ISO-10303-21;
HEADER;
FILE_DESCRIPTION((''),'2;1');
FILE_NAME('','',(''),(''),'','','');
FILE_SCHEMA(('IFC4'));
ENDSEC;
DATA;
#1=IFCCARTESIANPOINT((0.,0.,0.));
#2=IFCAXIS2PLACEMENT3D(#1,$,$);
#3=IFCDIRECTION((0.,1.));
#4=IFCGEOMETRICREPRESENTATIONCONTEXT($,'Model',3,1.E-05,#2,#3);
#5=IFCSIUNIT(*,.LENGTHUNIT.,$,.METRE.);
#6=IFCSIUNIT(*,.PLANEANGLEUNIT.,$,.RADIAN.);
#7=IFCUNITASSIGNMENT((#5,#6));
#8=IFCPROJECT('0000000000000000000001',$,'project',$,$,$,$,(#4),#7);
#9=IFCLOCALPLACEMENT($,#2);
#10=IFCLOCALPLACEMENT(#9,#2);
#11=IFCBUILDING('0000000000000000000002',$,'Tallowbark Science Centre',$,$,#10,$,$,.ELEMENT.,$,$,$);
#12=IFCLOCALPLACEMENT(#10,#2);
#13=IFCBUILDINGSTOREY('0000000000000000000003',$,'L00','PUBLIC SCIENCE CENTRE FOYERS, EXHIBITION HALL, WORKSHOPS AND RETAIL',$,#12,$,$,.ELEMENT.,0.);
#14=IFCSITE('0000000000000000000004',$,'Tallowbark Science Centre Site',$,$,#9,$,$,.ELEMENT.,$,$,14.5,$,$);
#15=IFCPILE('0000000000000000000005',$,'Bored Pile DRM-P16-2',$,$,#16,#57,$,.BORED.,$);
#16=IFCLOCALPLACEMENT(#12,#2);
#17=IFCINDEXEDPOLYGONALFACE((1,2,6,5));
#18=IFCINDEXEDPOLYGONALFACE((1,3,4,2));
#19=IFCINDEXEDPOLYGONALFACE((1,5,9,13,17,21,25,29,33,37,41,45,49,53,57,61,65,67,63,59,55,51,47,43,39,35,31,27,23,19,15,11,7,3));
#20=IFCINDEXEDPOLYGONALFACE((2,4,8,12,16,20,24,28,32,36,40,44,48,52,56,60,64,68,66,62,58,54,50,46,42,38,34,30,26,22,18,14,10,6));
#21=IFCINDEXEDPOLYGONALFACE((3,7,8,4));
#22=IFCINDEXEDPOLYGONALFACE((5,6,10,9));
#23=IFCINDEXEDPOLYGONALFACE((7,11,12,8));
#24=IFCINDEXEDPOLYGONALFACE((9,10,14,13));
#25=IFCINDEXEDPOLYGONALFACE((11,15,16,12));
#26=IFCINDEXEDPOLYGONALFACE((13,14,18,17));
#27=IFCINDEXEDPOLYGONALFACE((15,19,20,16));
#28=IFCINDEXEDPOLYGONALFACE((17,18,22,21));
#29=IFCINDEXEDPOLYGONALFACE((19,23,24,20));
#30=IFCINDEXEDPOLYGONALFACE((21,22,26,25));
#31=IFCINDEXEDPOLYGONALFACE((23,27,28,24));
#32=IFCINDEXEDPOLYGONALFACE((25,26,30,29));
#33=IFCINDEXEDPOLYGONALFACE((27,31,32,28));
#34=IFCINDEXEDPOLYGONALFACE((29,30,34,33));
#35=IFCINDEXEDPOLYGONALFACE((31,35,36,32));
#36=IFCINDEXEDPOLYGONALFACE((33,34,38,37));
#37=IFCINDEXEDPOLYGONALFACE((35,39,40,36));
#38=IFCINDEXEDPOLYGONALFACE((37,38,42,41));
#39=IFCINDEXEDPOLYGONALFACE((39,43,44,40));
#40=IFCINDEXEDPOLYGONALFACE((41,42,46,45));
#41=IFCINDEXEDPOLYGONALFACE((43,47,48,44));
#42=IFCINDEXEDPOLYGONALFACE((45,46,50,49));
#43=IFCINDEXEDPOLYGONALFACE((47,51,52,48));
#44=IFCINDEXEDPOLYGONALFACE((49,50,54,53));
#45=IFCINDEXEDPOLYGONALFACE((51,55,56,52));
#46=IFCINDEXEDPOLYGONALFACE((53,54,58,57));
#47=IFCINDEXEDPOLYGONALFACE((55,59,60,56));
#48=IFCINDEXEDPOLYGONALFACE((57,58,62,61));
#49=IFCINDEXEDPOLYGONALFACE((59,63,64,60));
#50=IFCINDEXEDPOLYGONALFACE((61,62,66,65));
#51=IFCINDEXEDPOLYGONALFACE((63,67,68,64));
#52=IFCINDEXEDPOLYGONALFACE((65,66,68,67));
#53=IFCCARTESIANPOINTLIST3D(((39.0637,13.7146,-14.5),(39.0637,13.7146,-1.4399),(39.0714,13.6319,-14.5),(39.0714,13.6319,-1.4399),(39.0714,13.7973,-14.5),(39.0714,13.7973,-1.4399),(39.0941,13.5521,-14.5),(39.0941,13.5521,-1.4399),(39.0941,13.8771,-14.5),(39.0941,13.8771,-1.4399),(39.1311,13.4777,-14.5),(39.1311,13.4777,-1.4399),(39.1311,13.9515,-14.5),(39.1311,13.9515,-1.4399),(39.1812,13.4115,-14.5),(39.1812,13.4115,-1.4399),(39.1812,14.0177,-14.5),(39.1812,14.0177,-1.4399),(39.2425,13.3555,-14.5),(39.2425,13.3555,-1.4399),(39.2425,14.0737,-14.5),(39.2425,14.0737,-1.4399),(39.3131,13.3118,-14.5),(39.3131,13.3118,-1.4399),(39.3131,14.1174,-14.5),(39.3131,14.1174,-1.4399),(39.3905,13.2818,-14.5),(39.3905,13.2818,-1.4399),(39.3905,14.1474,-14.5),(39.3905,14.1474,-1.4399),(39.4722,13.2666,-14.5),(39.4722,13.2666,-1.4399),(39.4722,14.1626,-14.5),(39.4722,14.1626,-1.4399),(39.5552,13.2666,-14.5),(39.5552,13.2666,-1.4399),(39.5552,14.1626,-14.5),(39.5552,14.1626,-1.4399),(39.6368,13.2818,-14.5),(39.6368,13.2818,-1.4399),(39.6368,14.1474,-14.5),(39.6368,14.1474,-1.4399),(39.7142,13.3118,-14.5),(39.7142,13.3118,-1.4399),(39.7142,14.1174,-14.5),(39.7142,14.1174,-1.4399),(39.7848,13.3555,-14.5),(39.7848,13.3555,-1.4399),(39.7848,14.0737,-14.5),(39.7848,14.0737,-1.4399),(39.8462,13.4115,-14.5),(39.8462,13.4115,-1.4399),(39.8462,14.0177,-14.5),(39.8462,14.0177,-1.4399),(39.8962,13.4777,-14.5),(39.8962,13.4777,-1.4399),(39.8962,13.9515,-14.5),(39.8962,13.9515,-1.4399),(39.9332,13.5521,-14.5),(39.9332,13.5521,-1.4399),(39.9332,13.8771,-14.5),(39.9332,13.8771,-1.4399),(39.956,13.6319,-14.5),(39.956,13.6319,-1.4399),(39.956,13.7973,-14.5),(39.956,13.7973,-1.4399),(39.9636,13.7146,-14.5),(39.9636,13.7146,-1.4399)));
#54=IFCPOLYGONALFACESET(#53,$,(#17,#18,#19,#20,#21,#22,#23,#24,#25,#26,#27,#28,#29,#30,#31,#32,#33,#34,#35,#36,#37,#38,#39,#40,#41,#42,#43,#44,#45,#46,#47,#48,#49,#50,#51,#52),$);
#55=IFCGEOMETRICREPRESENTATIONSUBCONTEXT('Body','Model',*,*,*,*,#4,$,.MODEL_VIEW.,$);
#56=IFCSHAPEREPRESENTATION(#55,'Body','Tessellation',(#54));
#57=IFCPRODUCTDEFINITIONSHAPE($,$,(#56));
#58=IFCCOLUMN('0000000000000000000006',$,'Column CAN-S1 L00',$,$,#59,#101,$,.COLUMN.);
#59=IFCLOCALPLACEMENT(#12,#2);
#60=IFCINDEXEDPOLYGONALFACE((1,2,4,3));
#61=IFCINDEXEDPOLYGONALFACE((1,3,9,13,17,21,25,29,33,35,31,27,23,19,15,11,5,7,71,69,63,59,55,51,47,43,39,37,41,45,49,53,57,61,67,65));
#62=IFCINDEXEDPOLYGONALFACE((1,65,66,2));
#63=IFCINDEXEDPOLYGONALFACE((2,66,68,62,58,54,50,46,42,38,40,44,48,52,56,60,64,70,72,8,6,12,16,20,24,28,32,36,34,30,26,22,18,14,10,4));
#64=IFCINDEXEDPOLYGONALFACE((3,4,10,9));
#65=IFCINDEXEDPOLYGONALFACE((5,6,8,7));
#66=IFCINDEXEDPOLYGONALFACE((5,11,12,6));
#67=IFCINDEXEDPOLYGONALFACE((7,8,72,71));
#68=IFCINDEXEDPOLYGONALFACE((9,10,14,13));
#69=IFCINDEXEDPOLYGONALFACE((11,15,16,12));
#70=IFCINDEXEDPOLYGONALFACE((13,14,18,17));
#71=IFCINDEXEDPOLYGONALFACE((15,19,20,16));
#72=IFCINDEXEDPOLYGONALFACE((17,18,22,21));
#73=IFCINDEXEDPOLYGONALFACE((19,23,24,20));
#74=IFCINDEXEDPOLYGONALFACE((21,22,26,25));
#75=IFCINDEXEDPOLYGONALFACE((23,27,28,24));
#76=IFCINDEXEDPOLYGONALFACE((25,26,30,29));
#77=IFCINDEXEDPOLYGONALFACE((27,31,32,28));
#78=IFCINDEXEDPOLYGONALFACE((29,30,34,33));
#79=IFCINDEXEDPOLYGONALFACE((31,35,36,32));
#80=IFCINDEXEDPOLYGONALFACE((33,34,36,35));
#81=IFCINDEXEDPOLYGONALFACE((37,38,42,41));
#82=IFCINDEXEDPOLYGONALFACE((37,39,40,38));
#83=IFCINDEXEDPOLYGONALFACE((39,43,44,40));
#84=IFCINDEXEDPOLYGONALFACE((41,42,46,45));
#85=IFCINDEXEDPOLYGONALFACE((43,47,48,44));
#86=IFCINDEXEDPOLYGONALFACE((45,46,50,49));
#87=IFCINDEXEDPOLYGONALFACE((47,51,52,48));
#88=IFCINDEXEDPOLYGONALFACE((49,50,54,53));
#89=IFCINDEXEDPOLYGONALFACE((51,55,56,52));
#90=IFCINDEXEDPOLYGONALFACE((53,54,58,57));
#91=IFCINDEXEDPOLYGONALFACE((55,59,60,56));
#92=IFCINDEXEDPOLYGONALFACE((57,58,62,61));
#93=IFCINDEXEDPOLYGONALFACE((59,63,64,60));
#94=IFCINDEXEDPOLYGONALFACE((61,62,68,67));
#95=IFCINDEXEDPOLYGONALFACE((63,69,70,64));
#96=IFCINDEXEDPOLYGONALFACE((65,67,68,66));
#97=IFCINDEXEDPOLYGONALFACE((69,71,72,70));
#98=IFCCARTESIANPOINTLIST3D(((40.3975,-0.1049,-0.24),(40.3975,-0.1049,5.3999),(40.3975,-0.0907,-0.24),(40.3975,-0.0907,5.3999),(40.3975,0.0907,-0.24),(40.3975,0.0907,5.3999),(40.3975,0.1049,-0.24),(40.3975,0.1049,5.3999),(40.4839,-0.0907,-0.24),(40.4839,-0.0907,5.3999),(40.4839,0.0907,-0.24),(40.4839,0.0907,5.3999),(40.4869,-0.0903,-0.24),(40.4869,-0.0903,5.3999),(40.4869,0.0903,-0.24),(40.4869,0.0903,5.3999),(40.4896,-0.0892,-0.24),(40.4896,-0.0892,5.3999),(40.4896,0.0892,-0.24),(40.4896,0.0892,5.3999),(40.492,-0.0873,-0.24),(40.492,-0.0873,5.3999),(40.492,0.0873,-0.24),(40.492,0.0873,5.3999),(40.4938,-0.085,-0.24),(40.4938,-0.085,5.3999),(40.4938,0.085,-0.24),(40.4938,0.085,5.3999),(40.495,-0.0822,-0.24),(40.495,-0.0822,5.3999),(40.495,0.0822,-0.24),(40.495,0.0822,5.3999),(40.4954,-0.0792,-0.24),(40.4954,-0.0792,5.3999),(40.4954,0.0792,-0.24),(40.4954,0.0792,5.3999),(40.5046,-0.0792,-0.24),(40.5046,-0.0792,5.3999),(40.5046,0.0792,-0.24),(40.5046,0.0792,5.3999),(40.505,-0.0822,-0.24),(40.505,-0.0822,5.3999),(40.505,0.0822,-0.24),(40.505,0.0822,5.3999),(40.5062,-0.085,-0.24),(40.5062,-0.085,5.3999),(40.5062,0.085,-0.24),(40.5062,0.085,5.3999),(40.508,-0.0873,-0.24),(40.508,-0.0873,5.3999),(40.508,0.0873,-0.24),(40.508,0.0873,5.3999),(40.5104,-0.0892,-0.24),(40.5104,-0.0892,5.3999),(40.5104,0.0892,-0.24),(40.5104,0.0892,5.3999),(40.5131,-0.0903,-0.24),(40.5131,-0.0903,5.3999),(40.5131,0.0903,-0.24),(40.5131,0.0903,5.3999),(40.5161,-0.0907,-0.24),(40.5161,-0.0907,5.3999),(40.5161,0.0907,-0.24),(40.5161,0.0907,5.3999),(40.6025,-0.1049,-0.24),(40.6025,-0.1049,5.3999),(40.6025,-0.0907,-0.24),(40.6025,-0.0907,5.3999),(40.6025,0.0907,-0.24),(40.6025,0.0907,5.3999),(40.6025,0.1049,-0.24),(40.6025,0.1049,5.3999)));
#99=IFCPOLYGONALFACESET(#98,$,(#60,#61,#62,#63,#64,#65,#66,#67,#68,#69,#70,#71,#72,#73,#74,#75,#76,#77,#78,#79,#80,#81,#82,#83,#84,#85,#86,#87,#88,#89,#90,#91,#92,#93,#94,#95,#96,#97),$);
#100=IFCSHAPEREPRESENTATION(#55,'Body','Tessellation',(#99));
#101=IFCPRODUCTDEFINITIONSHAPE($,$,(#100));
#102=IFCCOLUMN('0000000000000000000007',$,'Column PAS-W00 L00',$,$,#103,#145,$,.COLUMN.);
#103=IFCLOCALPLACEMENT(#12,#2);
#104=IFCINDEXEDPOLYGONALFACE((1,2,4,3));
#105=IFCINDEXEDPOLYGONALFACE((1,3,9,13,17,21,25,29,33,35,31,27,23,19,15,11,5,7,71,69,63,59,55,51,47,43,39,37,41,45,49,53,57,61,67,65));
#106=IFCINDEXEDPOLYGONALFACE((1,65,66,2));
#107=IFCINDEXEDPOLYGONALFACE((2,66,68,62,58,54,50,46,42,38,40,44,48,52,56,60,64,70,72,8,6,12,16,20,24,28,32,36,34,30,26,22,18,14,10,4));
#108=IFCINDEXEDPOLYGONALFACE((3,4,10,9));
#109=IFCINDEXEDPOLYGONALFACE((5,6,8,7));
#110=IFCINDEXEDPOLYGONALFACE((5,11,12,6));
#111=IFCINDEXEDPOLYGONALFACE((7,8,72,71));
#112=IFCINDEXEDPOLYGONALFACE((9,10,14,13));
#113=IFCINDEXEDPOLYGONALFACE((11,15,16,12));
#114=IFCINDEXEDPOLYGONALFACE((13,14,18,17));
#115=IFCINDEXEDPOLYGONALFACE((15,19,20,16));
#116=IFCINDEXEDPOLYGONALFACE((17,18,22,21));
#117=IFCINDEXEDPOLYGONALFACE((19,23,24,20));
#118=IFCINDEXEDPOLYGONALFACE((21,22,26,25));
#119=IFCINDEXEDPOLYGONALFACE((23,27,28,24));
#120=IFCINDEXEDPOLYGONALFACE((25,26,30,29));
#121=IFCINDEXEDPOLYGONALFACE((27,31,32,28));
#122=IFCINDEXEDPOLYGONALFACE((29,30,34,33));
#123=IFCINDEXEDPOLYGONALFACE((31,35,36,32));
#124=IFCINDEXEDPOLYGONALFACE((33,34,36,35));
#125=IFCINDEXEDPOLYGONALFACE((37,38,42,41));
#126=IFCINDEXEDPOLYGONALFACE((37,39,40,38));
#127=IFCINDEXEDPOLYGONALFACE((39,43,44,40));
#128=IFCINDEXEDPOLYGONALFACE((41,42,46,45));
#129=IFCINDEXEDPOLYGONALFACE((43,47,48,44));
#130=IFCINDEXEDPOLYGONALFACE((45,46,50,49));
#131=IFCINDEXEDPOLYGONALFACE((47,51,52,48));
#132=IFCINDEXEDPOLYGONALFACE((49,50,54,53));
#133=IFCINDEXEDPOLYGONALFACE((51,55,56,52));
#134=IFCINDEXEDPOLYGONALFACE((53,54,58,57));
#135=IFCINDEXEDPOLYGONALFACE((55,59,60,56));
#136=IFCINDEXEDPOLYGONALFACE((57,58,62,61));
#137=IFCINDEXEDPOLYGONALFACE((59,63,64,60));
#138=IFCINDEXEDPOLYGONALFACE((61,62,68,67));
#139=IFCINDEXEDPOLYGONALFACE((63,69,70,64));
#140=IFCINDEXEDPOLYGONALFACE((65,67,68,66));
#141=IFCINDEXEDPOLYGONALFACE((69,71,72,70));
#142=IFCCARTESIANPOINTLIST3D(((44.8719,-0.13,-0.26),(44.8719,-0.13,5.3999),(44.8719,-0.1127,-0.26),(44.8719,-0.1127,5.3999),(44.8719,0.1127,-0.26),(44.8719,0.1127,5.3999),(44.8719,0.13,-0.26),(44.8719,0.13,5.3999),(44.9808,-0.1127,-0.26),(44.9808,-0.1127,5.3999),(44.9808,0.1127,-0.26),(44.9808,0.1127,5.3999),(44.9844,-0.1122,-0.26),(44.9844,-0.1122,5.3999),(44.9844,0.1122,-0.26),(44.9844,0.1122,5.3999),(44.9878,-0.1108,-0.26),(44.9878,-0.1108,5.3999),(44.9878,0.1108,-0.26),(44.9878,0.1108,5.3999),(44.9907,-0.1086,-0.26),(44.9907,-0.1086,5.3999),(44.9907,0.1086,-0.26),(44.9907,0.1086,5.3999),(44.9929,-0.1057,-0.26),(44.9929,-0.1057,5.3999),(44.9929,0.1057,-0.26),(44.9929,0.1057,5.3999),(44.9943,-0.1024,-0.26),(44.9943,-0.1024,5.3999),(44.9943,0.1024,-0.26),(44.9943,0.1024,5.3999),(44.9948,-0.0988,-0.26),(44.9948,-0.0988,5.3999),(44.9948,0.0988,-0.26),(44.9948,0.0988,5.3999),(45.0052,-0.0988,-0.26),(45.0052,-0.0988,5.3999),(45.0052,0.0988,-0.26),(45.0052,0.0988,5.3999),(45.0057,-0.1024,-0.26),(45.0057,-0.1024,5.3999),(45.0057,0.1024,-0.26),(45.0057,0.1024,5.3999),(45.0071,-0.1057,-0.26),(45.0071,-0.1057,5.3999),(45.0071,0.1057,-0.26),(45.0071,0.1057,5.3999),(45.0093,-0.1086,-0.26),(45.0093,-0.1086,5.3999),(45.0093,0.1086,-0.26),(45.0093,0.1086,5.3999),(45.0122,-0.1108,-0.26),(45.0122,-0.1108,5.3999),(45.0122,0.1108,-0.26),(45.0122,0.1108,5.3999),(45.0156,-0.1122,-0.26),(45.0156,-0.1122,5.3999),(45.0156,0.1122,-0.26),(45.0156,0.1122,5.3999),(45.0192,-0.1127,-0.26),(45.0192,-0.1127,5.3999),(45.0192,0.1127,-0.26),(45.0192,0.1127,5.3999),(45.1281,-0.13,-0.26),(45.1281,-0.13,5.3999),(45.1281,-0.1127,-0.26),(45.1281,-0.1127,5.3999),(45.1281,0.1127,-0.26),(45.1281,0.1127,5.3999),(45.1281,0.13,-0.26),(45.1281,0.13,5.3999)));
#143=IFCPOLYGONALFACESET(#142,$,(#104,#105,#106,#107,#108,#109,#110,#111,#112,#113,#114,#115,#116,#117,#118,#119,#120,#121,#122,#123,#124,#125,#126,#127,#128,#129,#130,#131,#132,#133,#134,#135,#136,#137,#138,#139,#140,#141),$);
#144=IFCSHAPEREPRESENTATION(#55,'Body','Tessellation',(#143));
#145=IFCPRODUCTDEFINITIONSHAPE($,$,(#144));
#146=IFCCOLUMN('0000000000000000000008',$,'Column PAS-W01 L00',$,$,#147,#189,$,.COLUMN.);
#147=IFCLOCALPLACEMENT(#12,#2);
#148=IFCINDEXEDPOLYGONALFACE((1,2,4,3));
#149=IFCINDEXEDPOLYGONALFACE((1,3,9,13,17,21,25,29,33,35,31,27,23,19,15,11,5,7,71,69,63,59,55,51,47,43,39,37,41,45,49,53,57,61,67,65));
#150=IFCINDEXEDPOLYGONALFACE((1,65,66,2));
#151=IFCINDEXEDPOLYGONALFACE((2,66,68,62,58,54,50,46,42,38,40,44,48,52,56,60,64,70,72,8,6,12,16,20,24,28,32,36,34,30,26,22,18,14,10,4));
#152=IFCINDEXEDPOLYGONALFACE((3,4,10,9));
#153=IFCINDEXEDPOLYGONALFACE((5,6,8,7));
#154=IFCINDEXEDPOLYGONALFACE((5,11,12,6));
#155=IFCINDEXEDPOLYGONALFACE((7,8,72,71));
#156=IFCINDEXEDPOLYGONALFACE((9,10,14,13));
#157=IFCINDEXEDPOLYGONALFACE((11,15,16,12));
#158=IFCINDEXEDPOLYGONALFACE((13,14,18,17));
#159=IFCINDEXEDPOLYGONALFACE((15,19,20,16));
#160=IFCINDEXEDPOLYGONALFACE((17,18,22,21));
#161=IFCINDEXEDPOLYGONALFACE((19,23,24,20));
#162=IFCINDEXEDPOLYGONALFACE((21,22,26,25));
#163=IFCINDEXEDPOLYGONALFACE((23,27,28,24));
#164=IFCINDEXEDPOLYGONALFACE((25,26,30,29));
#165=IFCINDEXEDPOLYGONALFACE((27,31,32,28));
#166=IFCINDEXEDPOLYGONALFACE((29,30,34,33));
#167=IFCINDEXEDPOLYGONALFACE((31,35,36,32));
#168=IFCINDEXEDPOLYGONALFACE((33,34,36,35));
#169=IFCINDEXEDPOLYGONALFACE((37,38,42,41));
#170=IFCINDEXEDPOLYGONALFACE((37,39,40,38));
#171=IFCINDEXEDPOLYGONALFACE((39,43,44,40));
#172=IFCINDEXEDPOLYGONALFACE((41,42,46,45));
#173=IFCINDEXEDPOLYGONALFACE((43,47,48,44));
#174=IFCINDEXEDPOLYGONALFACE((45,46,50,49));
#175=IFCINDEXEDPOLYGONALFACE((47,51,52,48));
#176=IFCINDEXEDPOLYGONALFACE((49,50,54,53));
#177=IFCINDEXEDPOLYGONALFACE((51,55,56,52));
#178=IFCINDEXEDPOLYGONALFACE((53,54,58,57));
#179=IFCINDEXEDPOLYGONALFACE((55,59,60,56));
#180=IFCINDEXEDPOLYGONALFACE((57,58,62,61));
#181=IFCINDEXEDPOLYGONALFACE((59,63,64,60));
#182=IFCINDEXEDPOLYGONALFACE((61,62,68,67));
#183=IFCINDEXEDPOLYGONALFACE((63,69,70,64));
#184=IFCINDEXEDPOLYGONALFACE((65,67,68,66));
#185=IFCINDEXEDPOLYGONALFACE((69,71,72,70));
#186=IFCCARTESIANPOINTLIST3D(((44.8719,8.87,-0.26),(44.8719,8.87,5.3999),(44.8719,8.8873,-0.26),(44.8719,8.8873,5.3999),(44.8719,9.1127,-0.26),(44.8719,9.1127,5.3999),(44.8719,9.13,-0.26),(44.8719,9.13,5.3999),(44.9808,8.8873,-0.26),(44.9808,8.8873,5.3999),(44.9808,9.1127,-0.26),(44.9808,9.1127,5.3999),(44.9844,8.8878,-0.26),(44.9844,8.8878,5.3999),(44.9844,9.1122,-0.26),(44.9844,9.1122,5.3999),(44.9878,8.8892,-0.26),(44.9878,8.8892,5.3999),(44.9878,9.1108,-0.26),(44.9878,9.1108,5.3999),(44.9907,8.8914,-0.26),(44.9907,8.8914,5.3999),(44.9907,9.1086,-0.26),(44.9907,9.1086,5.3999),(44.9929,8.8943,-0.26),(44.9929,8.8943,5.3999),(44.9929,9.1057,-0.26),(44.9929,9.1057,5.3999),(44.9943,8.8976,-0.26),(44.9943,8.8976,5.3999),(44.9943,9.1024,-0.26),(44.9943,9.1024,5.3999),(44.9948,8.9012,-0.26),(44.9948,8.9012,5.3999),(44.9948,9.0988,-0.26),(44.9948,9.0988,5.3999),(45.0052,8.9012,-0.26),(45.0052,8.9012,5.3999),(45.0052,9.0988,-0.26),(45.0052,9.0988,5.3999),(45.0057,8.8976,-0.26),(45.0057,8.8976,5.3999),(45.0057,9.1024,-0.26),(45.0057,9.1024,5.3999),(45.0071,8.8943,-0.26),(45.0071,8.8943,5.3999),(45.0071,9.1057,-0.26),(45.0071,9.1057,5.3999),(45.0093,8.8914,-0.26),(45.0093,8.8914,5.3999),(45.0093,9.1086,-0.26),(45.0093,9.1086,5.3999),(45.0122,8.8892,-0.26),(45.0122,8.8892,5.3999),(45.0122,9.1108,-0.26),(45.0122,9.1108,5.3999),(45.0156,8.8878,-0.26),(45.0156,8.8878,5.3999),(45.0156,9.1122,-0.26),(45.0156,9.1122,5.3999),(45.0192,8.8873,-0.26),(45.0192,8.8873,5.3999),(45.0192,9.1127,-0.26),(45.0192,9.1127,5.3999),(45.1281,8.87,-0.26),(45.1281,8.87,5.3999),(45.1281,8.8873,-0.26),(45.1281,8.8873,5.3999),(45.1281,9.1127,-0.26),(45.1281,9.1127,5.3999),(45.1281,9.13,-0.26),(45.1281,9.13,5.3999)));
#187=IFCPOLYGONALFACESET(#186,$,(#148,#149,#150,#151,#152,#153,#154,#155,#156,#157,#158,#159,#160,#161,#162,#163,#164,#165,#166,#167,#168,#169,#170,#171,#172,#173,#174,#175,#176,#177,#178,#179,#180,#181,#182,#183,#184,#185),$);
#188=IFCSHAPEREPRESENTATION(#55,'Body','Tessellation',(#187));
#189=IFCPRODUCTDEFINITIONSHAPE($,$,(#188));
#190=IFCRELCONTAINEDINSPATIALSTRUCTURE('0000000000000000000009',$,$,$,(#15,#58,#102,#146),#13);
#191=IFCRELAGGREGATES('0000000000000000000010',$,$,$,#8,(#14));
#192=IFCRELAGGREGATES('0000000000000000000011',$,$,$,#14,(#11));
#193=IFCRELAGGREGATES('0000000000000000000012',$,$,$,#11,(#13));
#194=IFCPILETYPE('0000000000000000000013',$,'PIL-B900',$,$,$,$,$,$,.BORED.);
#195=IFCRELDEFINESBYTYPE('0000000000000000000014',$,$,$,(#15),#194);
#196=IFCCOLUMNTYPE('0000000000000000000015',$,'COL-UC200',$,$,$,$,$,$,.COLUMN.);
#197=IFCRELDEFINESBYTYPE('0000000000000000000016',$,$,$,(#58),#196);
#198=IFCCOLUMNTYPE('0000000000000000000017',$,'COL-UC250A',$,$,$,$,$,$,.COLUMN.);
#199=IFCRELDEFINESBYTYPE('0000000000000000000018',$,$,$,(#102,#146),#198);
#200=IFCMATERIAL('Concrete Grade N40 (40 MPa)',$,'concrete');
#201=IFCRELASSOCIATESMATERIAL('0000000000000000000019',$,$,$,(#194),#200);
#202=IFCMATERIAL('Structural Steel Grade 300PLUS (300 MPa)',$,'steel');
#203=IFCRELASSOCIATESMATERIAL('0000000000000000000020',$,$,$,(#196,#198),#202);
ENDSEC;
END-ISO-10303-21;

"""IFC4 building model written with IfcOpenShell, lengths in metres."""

from ifc_helpers import new_model, si_unit, direction, frame, origin, origin_2d, place, context, subcontext, project, spatial, circle, i_section, extrude, material, material_profile, profile_set, type_object, element, save


model = new_model("IFC4")

# Units and contexts
model_context = context("Model", 3, precision=1e-05, world=origin(), true_north=direction((0.0, 1.0)))
body_context = subcontext(model_context, "Body", "Model", "MODEL_VIEW")
ifc_project = project(units=[si_unit("LENGTHUNIT", "METRE"), si_unit("PLANEANGLEUNIT", "RADIAN")], contexts=[model_context])

# Site, building, storey
site_placement = place(None, origin())
site = spatial("IfcSite", under=ifc_project, at=site_placement, Name="Tallowbark Science Centre Site", CompositionType="ELEMENT", RefElevation=14.5)
building_placement = place(site_placement, origin())
building = spatial("IfcBuilding", under=site, at=building_placement, Name="Tallowbark Science Centre", CompositionType="ELEMENT")
storey_placement = place(building_placement, origin())
storey = spatial("IfcBuildingStorey", under=building, at=storey_placement, Name="L00", Description="PUBLIC SCIENCE CENTRE FOYERS, EXHIBITION HALL, WORKSHOPS AND RETAIL", CompositionType="ELEMENT", Elevation=0.0)

# Shared definitions
ifc_material_1 = material(Name="Concrete Grade N40 (40 MPa)", Category="concrete")

# Pile
ifc_material_profile_1 = material_profile(ifc_material_1, circle(Radius=0.45, at=origin_2d()), Name="PILE900")
ifc_profile_set_1 = profile_set([ifc_material_profile_1], Name="Concrete Grade N40 (40 MPa)")
pile_type_1 = type_object("IfcPileType", Name="PIL-B900", PredefinedType="BORED", material=ifc_profile_set_1)
for number, where, z_axis, x_axis, name in (
    (1, (39.5137, 13.7146, -1.4399), (0.0, 0.0, -1.0), (1.0, 0.0, 0.0), "Bored Pile DRM-P16-2"),
):
    element("IfcPile", number, at=place(storey_placement, frame(where, z_axis=z_axis, x_axis=x_axis)), inside=storey, type_object=pile_type_1, Name=name, PredefinedType="BORED", context=body_context, shape_type="SweptSolid", body=[
        extrude(circle(Radius=0.45, at=origin_2d()), origin(), (0.0, 0.0, 1.0), 13.0601),
    ])

# Columns
ifc_material_2 = material(Name="Structural Steel Grade 300PLUS (300 MPa)", Category="steel")
ifc_material_profile_2 = material_profile(ifc_material_2, i_section(OverallWidth=0.2051, OverallDepth=0.2097, WebThickness=0.0093, FlangeThickness=0.0142, FilletRadius=0.0115, at=origin_2d()), Name="200UC59.5")
ifc_profile_set_2 = profile_set([ifc_material_profile_2], Name="Structural Steel Grade 300PLUS (300 MPa)")
column_type_1 = type_object("IfcColumnType", Name="COL-UC200", PredefinedType="COLUMN", material=ifc_profile_set_2)
column_placement = place(storey_placement, frame((40.5, 0.0, -0.24), z_axis=(0.0, 0.0, 1.0), x_axis=(1.0, 0.0, 0.0)))
element("IfcColumn", 2, at=column_placement, inside=storey, type_object=column_type_1, Name="Column CAN-S1 L00", PredefinedType="COLUMN", context=body_context, shape_type="SweptSolid", body=[
    extrude(i_section(OverallWidth=0.2051, OverallDepth=0.2097, WebThickness=0.0093, FlangeThickness=0.0142, FilletRadius=0.0115, at=origin_2d()), origin(), (0.0, 0.0, 1.0), 5.6399),
])
ifc_material_profile_3 = material_profile(ifc_material_2, i_section(OverallWidth=0.2561, OverallDepth=0.26, WebThickness=0.0105, FlangeThickness=0.0173, FilletRadius=0.0139, at=origin_2d()), Name="250UC89.5")
ifc_profile_set_3 = profile_set([ifc_material_profile_3], Name="Structural Steel Grade 300PLUS (300 MPa)")
column_type_2 = type_object("IfcColumnType", Name="COL-UC250A", PredefinedType="COLUMN", material=ifc_profile_set_3)
for number, where, z_axis, x_axis, name in (
    (3, (45.0, 0.0, -0.26), (0.0, 0.0, 1.0), (1.0, 0.0, 0.0), "Column PAS-W00 L00"),
    (4, (45.0, 9.0, -0.26), (0.0, 0.0, 1.0), (1.0, 0.0, 0.0), "Column PAS-W01 L00"),
):
    element("IfcColumn", number, at=place(storey_placement, frame(where, z_axis=z_axis, x_axis=x_axis)), inside=storey, type_object=column_type_2, Name=name, PredefinedType="COLUMN", context=body_context, shape_type="SweptSolid", body=[
        extrude(i_section(OverallWidth=0.2561, OverallDepth=0.26, WebThickness=0.0105, FlangeThickness=0.0173, FilletRadius=0.0139, at=origin_2d()), origin(), (0.0, 0.0, 1.0), 5.6599),
    ])

save(model, "model.ifc")
